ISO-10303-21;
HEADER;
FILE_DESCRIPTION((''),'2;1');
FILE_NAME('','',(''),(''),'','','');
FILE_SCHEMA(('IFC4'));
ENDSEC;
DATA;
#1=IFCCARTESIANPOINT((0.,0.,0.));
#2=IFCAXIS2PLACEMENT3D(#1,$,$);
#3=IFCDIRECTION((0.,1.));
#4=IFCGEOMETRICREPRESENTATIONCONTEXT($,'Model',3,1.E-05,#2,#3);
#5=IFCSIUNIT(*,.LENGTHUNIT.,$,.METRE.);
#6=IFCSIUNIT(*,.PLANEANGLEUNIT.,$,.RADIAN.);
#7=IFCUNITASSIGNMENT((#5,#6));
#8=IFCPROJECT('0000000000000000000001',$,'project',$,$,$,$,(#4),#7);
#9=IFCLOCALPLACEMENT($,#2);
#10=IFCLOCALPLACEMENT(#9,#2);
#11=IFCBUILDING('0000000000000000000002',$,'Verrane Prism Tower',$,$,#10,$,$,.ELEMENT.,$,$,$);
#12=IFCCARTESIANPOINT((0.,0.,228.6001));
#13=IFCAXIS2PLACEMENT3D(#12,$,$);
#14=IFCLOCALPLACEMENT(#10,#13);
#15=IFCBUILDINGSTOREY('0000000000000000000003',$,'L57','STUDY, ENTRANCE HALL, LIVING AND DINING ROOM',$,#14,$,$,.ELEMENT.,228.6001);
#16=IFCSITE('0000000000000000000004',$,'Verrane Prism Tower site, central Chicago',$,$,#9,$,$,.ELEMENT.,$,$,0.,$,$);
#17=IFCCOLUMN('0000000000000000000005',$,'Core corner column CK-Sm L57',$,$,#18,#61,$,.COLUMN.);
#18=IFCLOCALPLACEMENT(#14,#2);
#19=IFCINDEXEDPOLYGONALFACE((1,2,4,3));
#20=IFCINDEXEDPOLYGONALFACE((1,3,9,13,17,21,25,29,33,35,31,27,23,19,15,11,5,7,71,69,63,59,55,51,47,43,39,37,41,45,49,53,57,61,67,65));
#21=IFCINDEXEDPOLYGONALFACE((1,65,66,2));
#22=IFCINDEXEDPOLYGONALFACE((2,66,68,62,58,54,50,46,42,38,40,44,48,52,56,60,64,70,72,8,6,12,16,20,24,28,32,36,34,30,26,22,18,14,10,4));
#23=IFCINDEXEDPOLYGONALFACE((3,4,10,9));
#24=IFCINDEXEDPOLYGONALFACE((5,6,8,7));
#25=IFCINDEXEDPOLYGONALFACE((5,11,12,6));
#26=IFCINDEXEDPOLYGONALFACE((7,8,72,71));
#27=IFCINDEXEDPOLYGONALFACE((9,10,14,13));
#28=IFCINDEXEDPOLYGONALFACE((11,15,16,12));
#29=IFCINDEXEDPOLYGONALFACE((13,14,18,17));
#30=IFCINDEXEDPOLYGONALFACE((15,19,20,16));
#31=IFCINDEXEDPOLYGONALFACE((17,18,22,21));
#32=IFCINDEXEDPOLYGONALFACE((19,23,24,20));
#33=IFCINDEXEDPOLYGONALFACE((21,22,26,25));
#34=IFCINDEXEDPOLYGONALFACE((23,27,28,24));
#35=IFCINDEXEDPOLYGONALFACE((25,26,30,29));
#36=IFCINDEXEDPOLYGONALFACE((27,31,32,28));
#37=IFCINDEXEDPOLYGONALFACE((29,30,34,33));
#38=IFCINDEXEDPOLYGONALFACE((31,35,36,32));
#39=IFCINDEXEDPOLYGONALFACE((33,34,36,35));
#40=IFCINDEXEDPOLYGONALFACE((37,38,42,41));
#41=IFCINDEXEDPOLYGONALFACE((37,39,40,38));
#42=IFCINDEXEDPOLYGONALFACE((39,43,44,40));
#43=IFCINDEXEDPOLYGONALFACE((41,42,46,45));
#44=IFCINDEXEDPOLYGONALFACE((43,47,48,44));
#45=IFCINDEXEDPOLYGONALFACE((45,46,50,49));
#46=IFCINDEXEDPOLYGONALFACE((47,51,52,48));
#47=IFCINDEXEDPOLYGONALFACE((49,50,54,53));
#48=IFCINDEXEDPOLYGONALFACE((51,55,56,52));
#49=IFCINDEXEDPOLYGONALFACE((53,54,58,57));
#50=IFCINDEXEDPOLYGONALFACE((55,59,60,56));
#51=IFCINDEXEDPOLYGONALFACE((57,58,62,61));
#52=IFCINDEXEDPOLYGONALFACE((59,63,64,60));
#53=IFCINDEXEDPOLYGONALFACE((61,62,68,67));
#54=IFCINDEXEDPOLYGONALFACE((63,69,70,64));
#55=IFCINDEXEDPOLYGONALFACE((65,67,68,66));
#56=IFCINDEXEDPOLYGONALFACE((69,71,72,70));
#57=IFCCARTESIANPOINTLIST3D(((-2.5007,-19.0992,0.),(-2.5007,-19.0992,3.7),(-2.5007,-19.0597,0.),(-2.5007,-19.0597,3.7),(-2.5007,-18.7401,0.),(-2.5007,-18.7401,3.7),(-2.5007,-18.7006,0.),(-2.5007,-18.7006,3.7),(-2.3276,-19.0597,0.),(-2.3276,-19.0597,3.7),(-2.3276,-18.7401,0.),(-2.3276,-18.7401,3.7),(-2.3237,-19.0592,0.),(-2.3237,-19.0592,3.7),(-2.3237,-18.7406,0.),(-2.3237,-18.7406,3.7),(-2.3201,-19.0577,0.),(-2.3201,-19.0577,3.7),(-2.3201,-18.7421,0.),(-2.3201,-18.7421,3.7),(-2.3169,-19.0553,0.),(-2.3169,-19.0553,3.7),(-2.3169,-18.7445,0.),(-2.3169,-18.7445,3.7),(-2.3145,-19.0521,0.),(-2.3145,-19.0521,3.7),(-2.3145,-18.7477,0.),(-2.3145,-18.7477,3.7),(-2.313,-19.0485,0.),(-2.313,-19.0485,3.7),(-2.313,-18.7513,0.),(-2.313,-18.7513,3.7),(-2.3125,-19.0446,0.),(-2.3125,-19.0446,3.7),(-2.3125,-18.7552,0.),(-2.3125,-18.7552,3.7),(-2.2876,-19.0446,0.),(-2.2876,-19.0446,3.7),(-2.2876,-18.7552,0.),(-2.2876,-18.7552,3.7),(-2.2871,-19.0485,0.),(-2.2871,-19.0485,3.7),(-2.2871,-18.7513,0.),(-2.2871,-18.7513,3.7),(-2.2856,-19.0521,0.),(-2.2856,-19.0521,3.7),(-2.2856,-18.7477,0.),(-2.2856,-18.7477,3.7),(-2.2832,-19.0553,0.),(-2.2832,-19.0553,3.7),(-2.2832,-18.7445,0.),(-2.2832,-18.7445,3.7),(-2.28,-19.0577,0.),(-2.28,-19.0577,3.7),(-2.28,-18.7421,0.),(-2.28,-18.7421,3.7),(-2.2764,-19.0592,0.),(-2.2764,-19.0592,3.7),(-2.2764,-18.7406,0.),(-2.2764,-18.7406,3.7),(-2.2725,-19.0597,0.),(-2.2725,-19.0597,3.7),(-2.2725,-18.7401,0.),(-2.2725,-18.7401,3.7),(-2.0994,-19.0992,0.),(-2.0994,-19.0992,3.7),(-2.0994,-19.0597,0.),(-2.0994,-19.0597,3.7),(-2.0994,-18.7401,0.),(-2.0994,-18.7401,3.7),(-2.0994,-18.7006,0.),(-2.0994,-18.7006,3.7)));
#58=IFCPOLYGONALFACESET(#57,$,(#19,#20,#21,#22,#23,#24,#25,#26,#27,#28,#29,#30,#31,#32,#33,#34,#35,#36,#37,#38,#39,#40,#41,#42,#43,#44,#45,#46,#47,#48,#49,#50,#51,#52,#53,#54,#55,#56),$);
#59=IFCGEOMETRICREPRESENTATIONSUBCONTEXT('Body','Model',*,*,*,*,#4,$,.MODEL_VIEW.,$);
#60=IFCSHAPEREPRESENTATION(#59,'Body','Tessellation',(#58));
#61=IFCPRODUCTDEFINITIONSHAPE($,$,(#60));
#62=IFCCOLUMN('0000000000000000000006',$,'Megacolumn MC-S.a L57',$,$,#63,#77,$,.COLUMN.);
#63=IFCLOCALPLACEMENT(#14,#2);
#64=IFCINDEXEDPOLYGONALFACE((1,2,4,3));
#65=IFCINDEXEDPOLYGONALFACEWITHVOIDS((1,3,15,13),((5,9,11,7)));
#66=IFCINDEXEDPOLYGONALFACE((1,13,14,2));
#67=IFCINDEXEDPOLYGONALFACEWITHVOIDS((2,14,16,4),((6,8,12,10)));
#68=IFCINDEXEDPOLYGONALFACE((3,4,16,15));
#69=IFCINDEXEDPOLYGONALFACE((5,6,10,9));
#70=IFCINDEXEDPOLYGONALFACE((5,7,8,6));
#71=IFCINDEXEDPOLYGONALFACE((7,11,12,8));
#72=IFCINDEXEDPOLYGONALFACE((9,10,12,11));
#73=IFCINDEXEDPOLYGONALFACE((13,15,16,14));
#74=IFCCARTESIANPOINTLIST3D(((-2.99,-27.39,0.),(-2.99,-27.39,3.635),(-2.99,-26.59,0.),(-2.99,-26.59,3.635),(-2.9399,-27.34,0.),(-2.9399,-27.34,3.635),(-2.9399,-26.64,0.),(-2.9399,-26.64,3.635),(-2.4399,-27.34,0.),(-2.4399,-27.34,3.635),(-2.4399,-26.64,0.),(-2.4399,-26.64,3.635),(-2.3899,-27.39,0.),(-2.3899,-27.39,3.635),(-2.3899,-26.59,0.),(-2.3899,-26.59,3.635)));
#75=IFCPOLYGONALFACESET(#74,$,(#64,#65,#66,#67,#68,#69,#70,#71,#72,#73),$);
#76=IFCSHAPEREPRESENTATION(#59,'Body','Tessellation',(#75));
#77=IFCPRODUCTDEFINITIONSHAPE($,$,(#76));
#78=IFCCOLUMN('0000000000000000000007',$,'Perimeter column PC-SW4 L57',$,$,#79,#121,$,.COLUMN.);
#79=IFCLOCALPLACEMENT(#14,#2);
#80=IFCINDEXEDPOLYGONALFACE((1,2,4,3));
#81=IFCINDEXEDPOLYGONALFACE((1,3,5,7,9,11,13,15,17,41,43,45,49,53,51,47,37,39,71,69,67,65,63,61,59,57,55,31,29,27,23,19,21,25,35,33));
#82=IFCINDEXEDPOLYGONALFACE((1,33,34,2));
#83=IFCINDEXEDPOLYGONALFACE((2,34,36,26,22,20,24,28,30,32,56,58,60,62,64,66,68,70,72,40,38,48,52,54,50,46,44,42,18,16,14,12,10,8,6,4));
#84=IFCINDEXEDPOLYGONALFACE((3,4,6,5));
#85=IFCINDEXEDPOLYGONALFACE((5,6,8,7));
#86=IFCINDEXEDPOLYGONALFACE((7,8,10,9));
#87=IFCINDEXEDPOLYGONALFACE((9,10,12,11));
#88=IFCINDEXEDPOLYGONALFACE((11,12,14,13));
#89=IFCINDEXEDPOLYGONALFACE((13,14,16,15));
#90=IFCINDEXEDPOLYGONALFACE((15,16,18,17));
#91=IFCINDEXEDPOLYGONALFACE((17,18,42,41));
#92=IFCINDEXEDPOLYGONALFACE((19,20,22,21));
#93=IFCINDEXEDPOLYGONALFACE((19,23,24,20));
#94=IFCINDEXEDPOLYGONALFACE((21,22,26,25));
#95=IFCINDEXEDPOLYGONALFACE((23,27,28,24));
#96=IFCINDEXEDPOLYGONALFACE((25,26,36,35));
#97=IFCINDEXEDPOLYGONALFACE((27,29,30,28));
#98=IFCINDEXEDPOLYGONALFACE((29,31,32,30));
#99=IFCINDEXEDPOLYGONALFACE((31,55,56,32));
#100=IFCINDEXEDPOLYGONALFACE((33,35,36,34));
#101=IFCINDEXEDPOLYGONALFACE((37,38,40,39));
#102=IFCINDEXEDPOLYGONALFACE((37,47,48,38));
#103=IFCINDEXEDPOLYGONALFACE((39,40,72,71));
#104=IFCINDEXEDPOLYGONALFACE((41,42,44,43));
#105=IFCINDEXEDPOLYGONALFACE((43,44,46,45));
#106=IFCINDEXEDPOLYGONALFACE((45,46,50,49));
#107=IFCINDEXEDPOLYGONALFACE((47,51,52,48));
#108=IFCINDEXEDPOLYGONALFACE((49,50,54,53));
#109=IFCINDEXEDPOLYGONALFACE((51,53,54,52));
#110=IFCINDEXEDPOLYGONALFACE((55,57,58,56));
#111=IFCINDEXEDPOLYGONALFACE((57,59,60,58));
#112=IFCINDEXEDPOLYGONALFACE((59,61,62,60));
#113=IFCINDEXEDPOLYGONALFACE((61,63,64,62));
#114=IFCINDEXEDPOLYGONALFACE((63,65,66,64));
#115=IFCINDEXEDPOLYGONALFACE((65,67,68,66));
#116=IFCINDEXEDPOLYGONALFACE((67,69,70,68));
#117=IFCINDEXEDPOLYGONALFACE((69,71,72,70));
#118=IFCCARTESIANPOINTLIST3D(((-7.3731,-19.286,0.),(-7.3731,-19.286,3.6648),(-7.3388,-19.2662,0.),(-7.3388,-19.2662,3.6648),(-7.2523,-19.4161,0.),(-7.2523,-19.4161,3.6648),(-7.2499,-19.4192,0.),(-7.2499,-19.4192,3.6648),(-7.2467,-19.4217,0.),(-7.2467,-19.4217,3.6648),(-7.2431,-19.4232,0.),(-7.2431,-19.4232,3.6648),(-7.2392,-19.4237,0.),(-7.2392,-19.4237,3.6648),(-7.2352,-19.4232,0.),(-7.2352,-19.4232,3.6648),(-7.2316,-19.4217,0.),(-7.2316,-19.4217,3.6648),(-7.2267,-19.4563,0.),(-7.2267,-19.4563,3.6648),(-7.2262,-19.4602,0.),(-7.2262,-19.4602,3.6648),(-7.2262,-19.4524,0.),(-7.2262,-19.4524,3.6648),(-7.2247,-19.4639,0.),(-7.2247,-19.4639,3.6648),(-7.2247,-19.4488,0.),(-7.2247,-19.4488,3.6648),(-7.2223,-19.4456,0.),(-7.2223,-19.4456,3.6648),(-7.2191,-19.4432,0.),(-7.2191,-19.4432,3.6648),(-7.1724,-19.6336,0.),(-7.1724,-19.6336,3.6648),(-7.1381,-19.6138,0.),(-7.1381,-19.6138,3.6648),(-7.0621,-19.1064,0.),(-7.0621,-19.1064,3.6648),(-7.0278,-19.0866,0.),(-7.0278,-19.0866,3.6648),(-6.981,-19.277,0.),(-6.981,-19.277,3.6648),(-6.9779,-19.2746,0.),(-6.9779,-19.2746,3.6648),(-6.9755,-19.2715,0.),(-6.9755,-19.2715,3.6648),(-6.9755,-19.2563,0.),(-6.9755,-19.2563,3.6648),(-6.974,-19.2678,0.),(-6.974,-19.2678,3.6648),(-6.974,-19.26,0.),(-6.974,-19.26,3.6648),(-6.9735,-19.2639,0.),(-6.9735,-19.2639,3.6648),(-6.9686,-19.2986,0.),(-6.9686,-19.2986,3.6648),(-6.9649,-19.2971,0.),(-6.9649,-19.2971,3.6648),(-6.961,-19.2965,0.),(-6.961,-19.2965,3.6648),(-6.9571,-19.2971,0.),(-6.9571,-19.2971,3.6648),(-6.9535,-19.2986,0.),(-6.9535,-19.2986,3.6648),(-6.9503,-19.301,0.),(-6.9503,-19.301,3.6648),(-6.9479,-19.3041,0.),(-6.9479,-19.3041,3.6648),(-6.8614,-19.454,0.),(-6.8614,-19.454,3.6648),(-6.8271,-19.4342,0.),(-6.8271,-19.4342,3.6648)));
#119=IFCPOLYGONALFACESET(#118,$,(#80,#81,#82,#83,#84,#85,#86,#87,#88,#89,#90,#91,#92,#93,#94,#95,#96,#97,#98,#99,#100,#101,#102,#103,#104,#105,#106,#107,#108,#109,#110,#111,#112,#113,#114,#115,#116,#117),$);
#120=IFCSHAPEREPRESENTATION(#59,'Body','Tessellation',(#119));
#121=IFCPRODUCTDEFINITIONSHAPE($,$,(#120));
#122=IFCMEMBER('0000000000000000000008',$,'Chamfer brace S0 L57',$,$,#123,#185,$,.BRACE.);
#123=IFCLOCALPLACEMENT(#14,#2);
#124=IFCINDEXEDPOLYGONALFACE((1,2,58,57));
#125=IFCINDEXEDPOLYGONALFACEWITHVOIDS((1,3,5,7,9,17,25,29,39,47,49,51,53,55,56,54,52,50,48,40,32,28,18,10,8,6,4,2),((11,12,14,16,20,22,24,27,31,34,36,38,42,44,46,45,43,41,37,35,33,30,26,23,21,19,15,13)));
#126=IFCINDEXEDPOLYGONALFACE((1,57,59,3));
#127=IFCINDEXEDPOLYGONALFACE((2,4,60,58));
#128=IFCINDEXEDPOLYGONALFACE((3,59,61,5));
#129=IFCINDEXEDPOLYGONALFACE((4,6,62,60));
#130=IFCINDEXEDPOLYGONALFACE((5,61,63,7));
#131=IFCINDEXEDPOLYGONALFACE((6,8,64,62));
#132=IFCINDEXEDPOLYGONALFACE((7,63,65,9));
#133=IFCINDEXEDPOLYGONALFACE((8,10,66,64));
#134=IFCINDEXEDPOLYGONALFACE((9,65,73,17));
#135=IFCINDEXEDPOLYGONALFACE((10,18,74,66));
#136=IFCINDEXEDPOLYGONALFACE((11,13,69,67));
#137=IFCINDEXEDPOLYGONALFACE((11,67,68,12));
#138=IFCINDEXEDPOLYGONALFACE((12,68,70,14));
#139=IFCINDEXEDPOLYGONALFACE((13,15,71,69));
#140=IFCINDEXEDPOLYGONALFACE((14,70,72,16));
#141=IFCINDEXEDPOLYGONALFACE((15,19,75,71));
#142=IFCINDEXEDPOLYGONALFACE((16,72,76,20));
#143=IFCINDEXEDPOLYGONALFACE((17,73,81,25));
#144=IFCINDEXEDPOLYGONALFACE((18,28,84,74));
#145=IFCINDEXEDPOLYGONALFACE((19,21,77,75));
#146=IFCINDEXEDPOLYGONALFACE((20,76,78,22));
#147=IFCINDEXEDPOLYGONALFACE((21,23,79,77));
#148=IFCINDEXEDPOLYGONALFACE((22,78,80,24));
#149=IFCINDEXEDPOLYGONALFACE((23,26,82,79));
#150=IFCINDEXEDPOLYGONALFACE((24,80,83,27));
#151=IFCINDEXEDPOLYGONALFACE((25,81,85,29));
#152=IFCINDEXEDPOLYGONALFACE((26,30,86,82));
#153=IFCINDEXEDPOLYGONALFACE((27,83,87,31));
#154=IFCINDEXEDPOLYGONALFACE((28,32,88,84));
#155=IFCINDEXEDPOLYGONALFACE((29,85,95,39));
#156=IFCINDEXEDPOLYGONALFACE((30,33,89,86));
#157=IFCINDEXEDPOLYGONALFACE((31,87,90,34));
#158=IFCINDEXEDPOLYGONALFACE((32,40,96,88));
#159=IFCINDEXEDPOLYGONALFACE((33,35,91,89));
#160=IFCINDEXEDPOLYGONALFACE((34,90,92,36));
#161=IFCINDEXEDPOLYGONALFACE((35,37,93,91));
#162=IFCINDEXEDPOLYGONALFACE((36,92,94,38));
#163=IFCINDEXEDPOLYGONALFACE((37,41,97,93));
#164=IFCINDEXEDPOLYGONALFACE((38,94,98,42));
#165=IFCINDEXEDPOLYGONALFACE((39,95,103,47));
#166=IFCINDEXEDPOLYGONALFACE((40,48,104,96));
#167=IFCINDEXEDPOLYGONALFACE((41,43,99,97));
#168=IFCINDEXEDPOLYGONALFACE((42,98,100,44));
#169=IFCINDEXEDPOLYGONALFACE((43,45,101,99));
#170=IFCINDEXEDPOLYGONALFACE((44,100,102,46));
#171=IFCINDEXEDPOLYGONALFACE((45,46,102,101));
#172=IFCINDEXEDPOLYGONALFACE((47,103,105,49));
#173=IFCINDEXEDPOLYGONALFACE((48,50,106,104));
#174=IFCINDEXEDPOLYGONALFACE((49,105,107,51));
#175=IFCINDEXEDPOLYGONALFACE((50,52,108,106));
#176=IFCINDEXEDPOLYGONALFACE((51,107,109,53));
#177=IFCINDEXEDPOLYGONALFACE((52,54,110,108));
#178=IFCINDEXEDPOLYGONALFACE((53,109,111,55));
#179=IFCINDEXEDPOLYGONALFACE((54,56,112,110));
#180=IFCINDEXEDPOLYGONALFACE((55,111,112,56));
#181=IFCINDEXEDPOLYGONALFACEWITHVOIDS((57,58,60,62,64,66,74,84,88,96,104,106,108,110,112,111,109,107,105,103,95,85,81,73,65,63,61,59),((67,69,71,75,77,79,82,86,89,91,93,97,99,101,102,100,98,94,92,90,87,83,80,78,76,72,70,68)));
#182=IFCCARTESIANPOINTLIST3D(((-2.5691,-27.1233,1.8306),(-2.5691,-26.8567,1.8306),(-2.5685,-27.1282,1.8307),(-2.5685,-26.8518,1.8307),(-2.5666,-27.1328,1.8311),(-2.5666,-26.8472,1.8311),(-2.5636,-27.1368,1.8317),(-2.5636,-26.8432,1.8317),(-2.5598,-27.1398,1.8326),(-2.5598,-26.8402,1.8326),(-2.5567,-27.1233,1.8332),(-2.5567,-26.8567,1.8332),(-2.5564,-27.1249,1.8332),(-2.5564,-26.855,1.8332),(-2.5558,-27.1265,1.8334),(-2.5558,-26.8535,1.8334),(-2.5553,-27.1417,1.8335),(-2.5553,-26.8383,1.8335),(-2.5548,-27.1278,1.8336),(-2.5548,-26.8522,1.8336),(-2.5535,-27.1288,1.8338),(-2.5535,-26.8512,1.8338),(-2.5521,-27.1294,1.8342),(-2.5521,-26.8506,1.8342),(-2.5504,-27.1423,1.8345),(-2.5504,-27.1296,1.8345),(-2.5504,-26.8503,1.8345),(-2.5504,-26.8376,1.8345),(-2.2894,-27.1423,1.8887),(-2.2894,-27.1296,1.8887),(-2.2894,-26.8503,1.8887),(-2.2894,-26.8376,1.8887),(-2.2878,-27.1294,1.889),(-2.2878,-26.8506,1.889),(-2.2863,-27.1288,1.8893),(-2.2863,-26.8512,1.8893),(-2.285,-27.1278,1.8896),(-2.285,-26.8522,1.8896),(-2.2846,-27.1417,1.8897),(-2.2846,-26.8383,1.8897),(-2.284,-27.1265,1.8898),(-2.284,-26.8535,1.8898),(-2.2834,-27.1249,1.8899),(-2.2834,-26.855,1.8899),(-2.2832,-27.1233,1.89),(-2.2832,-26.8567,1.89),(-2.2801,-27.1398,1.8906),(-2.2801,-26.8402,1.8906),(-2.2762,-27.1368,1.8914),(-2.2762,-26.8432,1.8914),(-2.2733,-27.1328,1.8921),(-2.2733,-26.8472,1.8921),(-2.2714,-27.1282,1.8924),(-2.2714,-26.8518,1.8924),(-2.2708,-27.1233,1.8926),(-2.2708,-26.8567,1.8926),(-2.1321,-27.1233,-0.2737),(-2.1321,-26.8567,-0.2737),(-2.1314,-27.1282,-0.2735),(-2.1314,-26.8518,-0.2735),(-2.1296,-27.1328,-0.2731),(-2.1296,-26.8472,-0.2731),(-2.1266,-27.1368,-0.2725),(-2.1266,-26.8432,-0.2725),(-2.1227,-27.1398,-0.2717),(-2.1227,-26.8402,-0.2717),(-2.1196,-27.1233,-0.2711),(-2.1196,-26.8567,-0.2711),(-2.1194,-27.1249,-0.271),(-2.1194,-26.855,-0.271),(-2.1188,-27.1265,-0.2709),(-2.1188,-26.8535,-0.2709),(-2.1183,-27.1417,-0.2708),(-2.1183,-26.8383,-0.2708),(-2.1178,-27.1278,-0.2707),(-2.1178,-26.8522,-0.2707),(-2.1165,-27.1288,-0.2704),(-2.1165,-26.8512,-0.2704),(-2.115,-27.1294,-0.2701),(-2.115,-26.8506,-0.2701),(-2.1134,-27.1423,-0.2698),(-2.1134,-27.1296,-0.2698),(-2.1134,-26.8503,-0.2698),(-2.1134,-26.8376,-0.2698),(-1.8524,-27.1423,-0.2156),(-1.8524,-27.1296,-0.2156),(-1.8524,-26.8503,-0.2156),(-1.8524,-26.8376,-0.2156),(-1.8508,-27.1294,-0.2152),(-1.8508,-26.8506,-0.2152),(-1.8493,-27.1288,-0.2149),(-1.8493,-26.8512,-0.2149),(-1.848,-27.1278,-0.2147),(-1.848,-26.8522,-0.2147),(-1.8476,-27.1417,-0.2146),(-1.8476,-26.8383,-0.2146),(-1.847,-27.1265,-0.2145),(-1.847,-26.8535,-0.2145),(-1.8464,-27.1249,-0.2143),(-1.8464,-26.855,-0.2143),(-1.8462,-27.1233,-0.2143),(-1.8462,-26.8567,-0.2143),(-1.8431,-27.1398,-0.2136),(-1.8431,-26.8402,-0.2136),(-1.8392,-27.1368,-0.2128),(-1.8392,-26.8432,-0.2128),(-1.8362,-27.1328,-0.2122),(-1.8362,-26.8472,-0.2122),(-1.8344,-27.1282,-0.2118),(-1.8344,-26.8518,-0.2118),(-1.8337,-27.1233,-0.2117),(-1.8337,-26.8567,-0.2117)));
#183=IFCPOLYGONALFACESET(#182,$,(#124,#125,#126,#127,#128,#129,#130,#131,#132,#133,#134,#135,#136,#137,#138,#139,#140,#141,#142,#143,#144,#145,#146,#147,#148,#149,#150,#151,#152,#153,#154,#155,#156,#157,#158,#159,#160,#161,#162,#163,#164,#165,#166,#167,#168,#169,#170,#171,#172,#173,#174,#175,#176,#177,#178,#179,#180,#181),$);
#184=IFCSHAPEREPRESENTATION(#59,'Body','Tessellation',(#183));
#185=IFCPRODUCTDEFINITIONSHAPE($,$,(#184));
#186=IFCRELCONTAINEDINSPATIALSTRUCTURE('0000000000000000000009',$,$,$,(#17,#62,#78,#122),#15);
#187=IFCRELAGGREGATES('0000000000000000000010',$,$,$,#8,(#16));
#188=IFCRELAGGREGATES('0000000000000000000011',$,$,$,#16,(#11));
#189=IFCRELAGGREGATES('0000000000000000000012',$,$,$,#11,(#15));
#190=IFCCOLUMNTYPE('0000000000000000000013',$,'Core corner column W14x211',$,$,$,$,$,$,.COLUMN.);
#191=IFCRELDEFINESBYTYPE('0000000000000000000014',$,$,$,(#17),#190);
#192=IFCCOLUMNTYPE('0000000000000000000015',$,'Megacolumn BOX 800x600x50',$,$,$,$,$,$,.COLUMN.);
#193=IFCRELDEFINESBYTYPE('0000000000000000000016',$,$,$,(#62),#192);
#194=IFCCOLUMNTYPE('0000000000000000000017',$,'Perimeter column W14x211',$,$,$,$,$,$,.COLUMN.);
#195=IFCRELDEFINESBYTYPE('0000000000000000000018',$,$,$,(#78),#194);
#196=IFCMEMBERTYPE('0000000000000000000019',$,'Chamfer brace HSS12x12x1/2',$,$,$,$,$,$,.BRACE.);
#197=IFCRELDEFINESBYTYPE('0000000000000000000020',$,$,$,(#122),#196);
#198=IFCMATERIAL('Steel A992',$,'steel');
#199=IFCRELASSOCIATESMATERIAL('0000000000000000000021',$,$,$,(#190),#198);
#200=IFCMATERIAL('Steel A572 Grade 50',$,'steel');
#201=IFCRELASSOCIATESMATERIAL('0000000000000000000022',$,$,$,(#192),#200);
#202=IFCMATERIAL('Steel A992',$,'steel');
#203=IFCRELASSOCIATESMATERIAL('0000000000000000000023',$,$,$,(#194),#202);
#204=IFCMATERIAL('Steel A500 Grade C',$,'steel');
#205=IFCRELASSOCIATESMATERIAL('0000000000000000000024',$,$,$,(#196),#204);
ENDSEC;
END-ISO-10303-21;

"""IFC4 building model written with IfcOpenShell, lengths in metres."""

from ifc_helpers import new_model, si_unit, direction, frame, origin, origin_2d, place, context, subcontext, project, spatial, hollow_rectangle, i_section, extrude, material, material_profile, profile_set, type_object, element, save


model = new_model("IFC4")

# Units and contexts
model_context = context("Model", 3, precision=1e-05, world=origin(), true_north=direction((0.0, 1.0)))
body_context = subcontext(model_context, "Body", "Model", "MODEL_VIEW")
ifc_project = project(units=[si_unit("LENGTHUNIT", "METRE"), si_unit("PLANEANGLEUNIT", "RADIAN")], contexts=[model_context])

# Site, building, storey
site_placement = place(None, origin())
site = spatial("IfcSite", under=ifc_project, at=site_placement, Name="Verrane Prism Tower site, central Chicago", CompositionType="ELEMENT", RefElevation=0.0)
building_placement = place(site_placement, origin())
building = spatial("IfcBuilding", under=site, at=building_placement, Name="Verrane Prism Tower", CompositionType="ELEMENT")
storey_placement = place(building_placement, frame((0.0, 0.0, 228.6001)))
storey = spatial("IfcBuildingStorey", under=building, at=storey_placement, Name="L57", Description="STUDY, ENTRANCE HALL, LIVING AND DINING ROOM", CompositionType="ELEMENT", Elevation=228.6001)

# Columns
ifc_material_1 = material(Name="Steel A992", Category="steel")
ifc_material_profile_1 = material_profile(ifc_material_1, i_section(OverallWidth=0.4014, OverallDepth=0.3987, WebThickness=0.0249, FlangeThickness=0.0396, FilletRadius=0.0151, at=origin_2d()), Name="W14x211")
ifc_profile_set_1 = profile_set([ifc_material_profile_1], Name="Steel A992")
column_type_1 = type_object("IfcColumnType", Name="Core corner column W14x211", PredefinedType="COLUMN", material=ifc_profile_set_1)
column_1_placement = place(storey_placement, frame((-2.3, -18.8999, 0.0), z_axis=(0.0, 0.0, 1.0), x_axis=(-1.0, 0.0, 0.0)))
element("IfcColumn", 1, at=column_1_placement, inside=storey, type_object=column_type_1, Name="Core corner column CK-Sm L57", PredefinedType="COLUMN", context=body_context, shape_type="SweptSolid", body=[
    extrude(i_section(OverallWidth=0.4014, OverallDepth=0.3987, WebThickness=0.0249, FlangeThickness=0.0396, FilletRadius=0.0151, at=origin_2d()), origin(), (0.0, 0.0, 1.0), 3.7),
])
ifc_material_2 = material(Name="Steel A572 Grade 50", Category="steel")
ifc_material_profile_2 = material_profile(ifc_material_2, hollow_rectangle(XDim=0.6001, YDim=0.8, WallThickness=0.05, at=origin_2d()), Name="BOX 800x600x50")
ifc_profile_set_2 = profile_set([ifc_material_profile_2], Name="Steel A572 Grade 50")
column_type_2 = type_object("IfcColumnType", Name="Megacolumn BOX 800x600x50", PredefinedType="COLUMN", material=ifc_profile_set_2)
column_2_placement = place(storey_placement, frame((-2.6899, -26.99, 0.0), z_axis=(0.0, 0.0, 1.0), x_axis=(-1.0, 0.0, 0.0)))
element("IfcColumn", 2, at=column_2_placement, inside=storey, type_object=column_type_2, Name="Megacolumn MC-S.a L57", PredefinedType="COLUMN", context=body_context, shape_type="SweptSolid", body=[
    extrude(hollow_rectangle(XDim=0.6001, YDim=0.8, WallThickness=0.05, at=origin_2d()), origin(), (0.0, 0.0, 1.0), 3.635),
])
ifc_material_3 = material(Name="Steel A992", Category="steel")
ifc_material_profile_3 = material_profile(ifc_material_3, i_section(OverallWidth=0.4014, OverallDepth=0.3987, WebThickness=0.0249, FlangeThickness=0.0396, FilletRadius=0.0151, at=origin_2d()), Name="W14x211")
ifc_profile_set_3 = profile_set([ifc_material_profile_3], Name="Steel A992")
column_type_3 = type_object("IfcColumnType", Name="Perimeter column W14x211", PredefinedType="COLUMN", material=ifc_profile_set_3)
column_3_placement = place(storey_placement, frame((-7.1001, -19.3601, 0.0), z_axis=(0.0, 0.0, 1.0), x_axis=(-0.5, 0.866025, 0.0)))
element("IfcColumn", 3, at=column_3_placement, inside=storey, type_object=column_type_3, Name="Perimeter column PC-SW4 L57", PredefinedType="COLUMN", context=body_context, shape_type="SweptSolid", body=[
    extrude(i_section(OverallWidth=0.4014, OverallDepth=0.3987, WebThickness=0.0249, FlangeThickness=0.0396, FilletRadius=0.0151, at=origin_2d()), origin(), (0.0, 0.0, 1.0), 3.6648),
])

# Member
ifc_material_4 = material(Name="Steel A500 Grade C", Category="steel")
ifc_material_profile_4 = material_profile(ifc_material_4, hollow_rectangle(XDim=0.3047, YDim=0.3047, WallThickness=0.0127, InnerFilletRadius=0.0063, OuterFilletRadius=0.019, at=origin_2d()), Name="HSS12x12x1/2")
ifc_profile_set_4 = profile_set([ifc_material_profile_4], Name="Steel A500 Grade C")
member_type_1 = type_object("IfcMemberType", Name="Chamfer brace HSS12x12x1/2", PredefinedType="BRACE", material=ifc_profile_set_4)
member_1_placement = place(storey_placement, frame((-1.9829, -26.99, -0.2427), z_axis=(-0.203342, 0.0, 0.979108), x_axis=(0.0, -1.0, 0.0)))
element("IfcMember", 4, at=member_1_placement, inside=storey, type_object=member_type_1, Name="Chamfer brace S0 L57", PredefinedType="BRACE", context=body_context, shape_type="SweptSolid", body=[
    extrude(hollow_rectangle(XDim=0.3047, YDim=0.3047, WallThickness=0.0127, InnerFilletRadius=0.0063, OuterFilletRadius=0.019, at=origin_2d()), origin(), (0.0, 0.0, 1.0), 2.1492),
])

save(model, "model.ifc")
